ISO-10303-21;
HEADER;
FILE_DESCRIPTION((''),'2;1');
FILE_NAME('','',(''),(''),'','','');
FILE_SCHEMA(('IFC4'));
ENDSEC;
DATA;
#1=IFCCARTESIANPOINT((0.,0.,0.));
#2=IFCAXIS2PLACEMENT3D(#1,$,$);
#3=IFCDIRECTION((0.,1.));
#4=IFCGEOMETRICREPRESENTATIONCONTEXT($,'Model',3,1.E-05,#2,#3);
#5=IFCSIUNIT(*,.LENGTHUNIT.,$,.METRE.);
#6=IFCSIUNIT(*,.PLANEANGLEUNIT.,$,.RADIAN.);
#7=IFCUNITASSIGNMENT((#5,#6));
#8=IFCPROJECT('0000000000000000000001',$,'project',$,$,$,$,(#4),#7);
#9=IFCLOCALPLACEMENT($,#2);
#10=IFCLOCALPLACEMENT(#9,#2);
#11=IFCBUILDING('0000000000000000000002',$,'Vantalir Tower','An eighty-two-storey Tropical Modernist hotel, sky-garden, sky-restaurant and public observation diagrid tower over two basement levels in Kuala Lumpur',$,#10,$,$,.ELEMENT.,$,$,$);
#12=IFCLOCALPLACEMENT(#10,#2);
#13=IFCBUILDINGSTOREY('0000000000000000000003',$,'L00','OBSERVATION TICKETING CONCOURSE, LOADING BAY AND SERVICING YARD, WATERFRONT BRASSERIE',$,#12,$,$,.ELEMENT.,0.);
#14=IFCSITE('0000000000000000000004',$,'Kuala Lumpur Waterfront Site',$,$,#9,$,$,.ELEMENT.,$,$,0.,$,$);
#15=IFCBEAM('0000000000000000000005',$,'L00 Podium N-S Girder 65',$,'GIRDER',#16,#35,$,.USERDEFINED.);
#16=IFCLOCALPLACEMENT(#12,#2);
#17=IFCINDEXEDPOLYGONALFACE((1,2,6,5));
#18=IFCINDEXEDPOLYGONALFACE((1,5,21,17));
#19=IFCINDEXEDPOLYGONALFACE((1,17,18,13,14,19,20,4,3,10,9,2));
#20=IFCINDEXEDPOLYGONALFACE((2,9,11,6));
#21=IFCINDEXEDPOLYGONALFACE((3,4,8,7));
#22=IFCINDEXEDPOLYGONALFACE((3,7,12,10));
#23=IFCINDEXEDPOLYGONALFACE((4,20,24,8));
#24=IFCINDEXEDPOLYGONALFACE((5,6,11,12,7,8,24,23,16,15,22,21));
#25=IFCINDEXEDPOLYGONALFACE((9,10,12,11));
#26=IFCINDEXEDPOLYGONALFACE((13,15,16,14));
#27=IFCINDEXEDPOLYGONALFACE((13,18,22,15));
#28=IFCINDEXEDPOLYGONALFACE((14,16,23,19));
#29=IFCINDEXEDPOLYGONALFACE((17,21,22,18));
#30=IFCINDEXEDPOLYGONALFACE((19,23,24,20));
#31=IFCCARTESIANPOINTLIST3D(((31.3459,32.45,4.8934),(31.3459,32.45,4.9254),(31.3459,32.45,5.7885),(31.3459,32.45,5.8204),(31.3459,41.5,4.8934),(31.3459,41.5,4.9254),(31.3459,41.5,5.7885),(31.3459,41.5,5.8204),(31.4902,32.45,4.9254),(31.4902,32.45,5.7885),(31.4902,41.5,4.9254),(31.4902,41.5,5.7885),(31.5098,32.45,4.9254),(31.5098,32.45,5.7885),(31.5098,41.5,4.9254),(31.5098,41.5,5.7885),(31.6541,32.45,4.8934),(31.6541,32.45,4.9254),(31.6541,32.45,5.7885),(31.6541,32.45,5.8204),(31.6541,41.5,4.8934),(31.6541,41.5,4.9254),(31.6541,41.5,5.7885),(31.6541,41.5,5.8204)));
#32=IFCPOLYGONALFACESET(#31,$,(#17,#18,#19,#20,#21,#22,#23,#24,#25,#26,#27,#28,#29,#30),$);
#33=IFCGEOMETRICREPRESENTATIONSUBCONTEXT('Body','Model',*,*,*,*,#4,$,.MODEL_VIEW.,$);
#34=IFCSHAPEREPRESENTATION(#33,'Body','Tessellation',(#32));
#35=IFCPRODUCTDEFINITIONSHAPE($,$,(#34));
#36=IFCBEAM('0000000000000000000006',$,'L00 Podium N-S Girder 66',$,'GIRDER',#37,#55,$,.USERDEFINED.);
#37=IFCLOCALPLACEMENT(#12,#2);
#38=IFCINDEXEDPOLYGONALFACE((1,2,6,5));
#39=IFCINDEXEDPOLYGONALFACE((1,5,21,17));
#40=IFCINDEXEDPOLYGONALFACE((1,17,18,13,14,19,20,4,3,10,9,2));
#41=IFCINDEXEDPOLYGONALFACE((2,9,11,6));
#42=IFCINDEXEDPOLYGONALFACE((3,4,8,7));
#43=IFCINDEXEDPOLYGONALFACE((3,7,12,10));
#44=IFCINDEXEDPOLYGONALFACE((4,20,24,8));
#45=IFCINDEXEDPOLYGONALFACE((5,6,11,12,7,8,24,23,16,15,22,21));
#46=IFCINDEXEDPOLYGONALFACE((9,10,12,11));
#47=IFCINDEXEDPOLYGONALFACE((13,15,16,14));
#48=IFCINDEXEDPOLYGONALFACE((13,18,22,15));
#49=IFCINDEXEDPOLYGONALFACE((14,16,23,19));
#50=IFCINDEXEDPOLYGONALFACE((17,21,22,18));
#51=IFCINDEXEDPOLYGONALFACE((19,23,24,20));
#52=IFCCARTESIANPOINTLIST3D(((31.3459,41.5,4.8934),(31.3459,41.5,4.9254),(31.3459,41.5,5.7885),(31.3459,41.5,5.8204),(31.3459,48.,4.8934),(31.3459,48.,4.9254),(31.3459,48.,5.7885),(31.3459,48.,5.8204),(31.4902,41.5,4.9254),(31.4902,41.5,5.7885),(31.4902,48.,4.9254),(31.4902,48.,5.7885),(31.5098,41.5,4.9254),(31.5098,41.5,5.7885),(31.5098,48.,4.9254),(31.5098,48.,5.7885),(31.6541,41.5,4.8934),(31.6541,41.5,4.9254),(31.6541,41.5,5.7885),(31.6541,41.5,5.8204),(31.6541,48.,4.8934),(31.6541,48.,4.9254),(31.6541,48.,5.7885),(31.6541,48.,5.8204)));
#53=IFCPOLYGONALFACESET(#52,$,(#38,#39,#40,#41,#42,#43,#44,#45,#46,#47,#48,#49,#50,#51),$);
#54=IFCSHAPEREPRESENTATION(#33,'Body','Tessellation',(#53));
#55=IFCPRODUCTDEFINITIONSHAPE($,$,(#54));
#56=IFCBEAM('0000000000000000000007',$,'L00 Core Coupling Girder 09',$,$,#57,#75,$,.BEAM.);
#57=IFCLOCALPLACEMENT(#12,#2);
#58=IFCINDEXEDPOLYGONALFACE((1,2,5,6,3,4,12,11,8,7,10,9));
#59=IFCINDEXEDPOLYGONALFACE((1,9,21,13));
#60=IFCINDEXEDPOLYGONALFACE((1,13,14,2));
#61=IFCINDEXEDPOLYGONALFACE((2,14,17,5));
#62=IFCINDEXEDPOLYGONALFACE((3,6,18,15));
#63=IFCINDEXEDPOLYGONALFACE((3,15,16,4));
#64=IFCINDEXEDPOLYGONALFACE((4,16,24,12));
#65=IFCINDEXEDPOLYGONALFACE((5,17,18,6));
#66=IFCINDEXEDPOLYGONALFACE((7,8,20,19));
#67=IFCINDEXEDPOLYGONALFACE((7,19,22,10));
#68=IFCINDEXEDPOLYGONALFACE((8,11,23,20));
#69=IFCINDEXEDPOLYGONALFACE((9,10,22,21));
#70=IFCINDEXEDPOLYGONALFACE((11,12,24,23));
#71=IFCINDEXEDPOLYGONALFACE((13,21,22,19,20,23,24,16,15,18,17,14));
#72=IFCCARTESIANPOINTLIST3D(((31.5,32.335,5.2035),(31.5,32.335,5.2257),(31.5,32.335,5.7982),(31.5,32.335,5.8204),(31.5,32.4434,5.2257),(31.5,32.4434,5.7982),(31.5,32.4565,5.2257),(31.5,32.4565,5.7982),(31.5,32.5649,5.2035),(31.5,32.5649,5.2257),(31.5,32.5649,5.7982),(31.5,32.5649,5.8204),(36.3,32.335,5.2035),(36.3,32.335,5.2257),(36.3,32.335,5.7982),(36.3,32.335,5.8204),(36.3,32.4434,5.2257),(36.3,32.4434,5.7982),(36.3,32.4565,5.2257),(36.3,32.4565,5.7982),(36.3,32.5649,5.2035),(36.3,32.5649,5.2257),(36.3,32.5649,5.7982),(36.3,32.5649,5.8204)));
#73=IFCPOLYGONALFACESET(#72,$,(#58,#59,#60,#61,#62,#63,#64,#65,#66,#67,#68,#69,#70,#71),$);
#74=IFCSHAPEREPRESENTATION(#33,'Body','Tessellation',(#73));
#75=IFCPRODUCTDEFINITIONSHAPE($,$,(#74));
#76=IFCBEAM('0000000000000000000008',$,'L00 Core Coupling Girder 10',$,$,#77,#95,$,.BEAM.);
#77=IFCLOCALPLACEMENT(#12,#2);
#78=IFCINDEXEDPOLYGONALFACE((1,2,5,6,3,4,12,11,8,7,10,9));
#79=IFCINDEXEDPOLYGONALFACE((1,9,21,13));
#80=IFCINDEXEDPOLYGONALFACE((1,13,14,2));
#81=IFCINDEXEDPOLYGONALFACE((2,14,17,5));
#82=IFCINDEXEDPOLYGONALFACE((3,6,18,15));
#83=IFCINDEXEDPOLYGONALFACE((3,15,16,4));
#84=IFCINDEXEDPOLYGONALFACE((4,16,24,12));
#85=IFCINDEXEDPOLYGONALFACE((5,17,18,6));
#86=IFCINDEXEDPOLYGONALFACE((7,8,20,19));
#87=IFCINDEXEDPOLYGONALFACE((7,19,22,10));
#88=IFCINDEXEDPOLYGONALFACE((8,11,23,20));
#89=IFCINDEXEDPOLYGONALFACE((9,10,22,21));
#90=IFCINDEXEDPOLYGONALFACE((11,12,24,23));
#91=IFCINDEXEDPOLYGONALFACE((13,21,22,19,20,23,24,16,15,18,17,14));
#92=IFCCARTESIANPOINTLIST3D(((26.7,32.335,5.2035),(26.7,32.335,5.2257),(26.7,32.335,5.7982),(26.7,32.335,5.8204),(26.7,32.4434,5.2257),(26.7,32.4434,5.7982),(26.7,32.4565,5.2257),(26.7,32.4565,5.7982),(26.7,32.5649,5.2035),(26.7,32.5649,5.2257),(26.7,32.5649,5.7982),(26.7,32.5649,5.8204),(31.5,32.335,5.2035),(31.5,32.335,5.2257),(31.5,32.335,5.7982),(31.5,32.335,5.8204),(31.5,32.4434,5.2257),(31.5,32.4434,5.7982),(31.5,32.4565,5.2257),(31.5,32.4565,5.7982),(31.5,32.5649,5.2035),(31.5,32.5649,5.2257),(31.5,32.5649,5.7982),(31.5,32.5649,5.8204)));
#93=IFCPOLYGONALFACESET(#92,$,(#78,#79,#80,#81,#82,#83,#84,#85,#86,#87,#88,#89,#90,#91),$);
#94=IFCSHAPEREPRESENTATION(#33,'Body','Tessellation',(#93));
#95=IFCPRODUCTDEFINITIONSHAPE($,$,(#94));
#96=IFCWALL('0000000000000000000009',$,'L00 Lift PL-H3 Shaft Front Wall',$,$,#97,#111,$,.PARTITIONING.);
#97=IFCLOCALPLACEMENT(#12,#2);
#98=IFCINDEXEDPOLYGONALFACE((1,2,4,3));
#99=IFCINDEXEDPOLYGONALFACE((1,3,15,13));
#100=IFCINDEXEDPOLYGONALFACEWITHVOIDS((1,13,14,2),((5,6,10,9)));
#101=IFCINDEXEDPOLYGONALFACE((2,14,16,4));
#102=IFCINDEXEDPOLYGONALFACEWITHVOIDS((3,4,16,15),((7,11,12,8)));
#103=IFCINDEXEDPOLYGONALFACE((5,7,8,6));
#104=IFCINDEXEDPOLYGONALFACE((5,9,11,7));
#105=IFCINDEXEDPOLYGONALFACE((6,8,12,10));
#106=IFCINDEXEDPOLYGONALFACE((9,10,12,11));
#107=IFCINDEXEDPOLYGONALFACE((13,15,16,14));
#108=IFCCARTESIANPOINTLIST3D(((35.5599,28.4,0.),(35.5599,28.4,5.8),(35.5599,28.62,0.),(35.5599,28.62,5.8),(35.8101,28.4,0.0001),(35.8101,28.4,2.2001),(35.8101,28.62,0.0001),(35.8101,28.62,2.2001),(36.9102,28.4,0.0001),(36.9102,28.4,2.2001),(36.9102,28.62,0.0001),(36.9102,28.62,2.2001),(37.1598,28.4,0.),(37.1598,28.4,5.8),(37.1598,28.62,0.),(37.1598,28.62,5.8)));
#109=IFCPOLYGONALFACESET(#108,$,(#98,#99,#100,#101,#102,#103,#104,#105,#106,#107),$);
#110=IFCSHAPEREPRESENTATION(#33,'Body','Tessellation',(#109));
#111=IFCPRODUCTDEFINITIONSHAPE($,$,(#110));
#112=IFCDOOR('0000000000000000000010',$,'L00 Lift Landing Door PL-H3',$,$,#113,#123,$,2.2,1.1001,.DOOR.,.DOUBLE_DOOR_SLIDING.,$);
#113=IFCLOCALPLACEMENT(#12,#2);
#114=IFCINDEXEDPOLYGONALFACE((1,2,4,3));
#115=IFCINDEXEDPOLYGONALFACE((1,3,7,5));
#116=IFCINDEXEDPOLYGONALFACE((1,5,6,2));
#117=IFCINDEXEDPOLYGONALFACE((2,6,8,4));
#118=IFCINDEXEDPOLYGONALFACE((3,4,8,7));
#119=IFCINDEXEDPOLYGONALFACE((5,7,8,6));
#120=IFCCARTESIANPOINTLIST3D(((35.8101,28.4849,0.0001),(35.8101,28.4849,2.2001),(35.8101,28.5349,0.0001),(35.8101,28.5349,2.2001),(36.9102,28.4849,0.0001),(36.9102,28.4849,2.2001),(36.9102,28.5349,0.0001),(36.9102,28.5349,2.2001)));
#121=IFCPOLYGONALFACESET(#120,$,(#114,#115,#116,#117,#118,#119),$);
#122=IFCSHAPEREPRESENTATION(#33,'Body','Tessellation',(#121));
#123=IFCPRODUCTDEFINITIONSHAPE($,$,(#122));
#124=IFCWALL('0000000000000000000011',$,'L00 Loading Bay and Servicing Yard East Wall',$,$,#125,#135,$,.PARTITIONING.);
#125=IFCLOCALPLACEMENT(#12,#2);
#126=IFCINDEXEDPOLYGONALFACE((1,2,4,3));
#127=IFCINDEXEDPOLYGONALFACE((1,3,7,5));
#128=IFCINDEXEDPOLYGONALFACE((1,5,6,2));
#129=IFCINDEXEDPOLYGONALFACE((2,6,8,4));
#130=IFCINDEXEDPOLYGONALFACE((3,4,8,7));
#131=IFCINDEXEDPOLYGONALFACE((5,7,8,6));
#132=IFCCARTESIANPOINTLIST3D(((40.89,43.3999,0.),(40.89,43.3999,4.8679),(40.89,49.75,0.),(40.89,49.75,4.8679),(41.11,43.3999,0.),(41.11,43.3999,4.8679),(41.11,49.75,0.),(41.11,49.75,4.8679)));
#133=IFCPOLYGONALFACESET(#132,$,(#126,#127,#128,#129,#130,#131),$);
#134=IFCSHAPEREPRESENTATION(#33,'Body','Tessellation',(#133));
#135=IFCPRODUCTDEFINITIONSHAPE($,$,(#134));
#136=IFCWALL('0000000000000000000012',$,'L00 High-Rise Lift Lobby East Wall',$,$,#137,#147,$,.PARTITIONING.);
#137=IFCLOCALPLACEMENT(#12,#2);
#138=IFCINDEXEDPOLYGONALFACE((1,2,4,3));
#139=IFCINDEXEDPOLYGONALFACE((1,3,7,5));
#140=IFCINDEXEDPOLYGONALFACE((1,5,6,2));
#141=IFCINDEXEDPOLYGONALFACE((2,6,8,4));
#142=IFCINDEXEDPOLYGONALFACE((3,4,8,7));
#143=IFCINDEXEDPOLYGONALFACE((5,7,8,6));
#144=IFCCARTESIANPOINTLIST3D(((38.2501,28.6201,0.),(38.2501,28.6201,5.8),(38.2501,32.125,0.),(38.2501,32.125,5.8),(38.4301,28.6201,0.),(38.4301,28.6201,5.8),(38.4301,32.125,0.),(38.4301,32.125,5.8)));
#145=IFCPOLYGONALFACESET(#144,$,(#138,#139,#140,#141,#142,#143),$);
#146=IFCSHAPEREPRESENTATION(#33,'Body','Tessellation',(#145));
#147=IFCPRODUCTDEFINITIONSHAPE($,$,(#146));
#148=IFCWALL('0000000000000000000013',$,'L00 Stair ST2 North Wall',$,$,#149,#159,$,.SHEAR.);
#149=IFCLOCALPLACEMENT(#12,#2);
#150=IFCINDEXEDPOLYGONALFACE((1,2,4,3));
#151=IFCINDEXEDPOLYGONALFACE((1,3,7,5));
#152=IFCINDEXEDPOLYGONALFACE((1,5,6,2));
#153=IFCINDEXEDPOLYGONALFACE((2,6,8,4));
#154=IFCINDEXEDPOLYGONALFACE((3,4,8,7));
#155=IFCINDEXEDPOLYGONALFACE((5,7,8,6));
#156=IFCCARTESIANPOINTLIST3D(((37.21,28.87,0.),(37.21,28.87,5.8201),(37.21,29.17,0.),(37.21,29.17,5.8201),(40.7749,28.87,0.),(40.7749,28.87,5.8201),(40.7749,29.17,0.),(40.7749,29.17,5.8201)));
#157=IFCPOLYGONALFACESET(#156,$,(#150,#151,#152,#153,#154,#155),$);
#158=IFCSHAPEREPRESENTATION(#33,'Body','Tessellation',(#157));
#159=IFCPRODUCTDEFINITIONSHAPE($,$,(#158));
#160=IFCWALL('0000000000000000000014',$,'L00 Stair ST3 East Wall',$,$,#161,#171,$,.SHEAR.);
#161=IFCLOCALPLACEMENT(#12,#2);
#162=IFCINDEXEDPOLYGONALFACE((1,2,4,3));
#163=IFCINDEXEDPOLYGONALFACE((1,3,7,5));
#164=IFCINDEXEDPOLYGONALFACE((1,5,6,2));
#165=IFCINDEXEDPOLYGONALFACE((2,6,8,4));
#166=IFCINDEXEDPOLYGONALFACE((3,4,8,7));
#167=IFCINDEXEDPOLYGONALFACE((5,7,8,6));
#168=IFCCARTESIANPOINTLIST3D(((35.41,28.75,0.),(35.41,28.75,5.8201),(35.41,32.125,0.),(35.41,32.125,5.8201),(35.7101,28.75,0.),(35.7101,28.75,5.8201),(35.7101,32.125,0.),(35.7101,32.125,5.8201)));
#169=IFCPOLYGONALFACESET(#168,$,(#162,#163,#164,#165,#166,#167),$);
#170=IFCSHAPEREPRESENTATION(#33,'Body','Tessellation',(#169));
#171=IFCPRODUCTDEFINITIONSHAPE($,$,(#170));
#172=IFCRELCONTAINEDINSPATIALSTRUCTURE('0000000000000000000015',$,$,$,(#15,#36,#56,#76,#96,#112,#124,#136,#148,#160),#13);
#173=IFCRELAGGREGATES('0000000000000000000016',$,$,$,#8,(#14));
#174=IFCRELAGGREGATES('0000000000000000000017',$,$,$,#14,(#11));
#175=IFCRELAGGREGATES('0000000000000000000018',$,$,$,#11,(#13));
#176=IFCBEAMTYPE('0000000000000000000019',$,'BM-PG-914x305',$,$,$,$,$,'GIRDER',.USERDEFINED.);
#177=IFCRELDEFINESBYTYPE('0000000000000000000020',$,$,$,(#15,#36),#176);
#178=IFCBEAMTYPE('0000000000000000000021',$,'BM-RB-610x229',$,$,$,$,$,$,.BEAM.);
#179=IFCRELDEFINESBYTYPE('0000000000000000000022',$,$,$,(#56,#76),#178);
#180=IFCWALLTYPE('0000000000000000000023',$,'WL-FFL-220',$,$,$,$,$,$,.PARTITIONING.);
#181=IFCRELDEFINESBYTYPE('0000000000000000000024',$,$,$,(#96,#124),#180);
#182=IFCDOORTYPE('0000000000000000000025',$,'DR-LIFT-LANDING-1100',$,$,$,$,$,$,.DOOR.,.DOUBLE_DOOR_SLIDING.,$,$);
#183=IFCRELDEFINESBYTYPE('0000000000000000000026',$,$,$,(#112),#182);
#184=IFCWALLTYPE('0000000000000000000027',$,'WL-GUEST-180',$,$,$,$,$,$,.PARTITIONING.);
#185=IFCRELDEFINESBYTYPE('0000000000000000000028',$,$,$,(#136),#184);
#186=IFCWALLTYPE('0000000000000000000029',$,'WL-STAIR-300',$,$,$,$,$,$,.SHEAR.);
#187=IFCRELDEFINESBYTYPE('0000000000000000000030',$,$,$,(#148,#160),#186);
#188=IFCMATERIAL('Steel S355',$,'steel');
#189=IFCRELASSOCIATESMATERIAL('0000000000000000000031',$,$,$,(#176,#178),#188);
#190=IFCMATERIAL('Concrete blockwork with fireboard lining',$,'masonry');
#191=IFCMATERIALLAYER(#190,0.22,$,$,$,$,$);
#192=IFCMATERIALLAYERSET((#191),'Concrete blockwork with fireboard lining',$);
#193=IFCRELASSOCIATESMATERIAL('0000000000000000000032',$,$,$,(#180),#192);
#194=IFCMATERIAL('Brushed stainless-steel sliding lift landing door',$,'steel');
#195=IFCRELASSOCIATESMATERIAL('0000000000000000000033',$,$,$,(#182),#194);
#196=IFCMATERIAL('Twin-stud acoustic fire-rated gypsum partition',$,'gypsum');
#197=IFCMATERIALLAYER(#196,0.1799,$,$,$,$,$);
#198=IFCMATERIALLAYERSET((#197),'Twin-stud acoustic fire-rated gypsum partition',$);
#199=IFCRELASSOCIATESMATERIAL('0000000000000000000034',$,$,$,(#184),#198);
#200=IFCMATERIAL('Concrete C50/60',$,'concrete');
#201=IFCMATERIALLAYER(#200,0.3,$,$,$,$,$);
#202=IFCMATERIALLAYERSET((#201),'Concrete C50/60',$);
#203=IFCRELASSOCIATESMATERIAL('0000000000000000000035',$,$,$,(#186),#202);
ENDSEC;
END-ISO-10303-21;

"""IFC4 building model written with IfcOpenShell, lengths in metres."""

from ifc_helpers import new_model, si_unit, direction, frame, frame_2d, origin, origin_2d, place, context, subcontext, project, spatial, rectangle, i_section, extrude, material, layer, layer_set, material_profile, profile_set, type_object, element, fill, save


model = new_model("IFC4")

# Units and contexts
model_context = context("Model", 3, precision=1e-05, world=origin(), true_north=direction((0.0, 1.0)))
body_context = subcontext(model_context, "Body", "Model", "MODEL_VIEW")
ifc_project = project(units=[si_unit("LENGTHUNIT", "METRE"), si_unit("PLANEANGLEUNIT", "RADIAN")], contexts=[model_context])

# Site, building, storey
site_placement = place(None, origin())
site = spatial("IfcSite", under=ifc_project, at=site_placement, Name="Kuala Lumpur Waterfront Site", CompositionType="ELEMENT", RefElevation=0.0)
building_placement = place(site_placement, origin())
building = spatial("IfcBuilding", under=site, at=building_placement, Name="Vantalir Tower", Description="An eighty-two-storey Tropical Modernist hotel, sky-garden, sky-restaurant and public observation diagrid tower over two basement levels in Kuala Lumpur", CompositionType="ELEMENT")
storey_placement = place(building_placement, origin())
storey = spatial("IfcBuildingStorey", under=building, at=storey_placement, Name="L00", Description="OBSERVATION TICKETING CONCOURSE, LOADING BAY AND SERVICING YARD, WATERFRONT BRASSERIE", CompositionType="ELEMENT", Elevation=0.0)

# Beams
ifc_material_1 = material(Name="Steel S355", Category="steel")
ifc_material_profile_1 = material_profile(ifc_material_1, i_section(OverallWidth=0.3081, OverallDepth=0.927, WebThickness=0.0195, FlangeThickness=0.032, at=origin_2d()), Name="Steel S355")
ifc_profile_set_1 = profile_set([ifc_material_profile_1], Name="Steel S355")
beam_type_1 = type_object("IfcBeamType", Name="BM-PG-914x305", ElementType="GIRDER", PredefinedType="USERDEFINED", material=ifc_profile_set_1)
beam_1_placement = place(storey_placement, frame((31.5, 32.45, 5.3569), z_axis=(0.0, 1.0, 0.0), x_axis=(-1.0, 0.0, 0.0)))
element("IfcBeam", 1, at=beam_1_placement, inside=storey, type_object=beam_type_1, Name="L00 Podium N-S Girder 65", ObjectType="GIRDER", PredefinedType="USERDEFINED", context=body_context, shape_type="SweptSolid", body=[
    extrude(i_section(OverallWidth=0.3081, OverallDepth=0.927, WebThickness=0.0195, FlangeThickness=0.032, at=origin_2d()), origin(), (0.0, 0.0, 1.0), 9.05),
])
beam_2_placement = place(storey_placement, frame((31.5, 41.5, 5.3569), z_axis=(0.0, 1.0, 0.0), x_axis=(-1.0, 0.0, 0.0)))
element("IfcBeam", 2, at=beam_2_placement, inside=storey, type_object=beam_type_1, Name="L00 Podium N-S Girder 66", ObjectType="GIRDER", PredefinedType="USERDEFINED", context=body_context, shape_type="SweptSolid", body=[
    extrude(i_section(OverallWidth=0.3081, OverallDepth=0.927, WebThickness=0.0195, FlangeThickness=0.032, at=origin_2d()), origin(), (0.0, 0.0, 1.0), 6.5),
])
ifc_material_profile_2 = material_profile(ifc_material_1, i_section(OverallWidth=0.23, OverallDepth=0.6169, WebThickness=0.0132, FlangeThickness=0.0222, at=origin_2d()), Name="Steel S355")
ifc_profile_set_2 = profile_set([ifc_material_profile_2], Name="Steel S355")
beam_type_2 = type_object("IfcBeamType", Name="BM-RB-610x229", PredefinedType="BEAM", material=ifc_profile_set_2)
for number, where, z_axis, x_axis, name in (
    (3, (36.3, 32.45, 5.512), (-1.0, 0.0, 0.0), (0.0, -1.0, 0.0), "L00 Core Coupling Girder 09"),
    (4, (31.5, 32.45, 5.512), (-1.0, 0.0, 0.0), (0.0, -1.0, 0.0), "L00 Core Coupling Girder 10"),
):
    element("IfcBeam", number, at=place(storey_placement, frame(where, z_axis=z_axis, x_axis=x_axis)), inside=storey, type_object=beam_type_2, Name=name, PredefinedType="BEAM", context=body_context, shape_type="SweptSolid", body=[
        extrude(i_section(OverallWidth=0.23, OverallDepth=0.6169, WebThickness=0.0132, FlangeThickness=0.0222, at=origin_2d()), origin(), (0.0, 0.0, 1.0), 4.8),
    ])

# Wall, opening, door
ifc_material_2 = material(Name="Concrete blockwork with fireboard lining", Category="masonry")
ifc_layer_1 = layer(ifc_material_2, 0.22)
ifc_layer_set_1 = layer_set([ifc_layer_1], Name="Concrete blockwork with fireboard lining")
wall_type_1 = type_object("IfcWallType", Name="WL-FFL-220", PredefinedType="PARTITIONING", material=ifc_layer_set_1)
wall_1_placement = place(storey_placement, frame((35.5601, 28.51, 0.0), z_axis=(0.0, 0.0, 1.0), x_axis=(1.0, 0.0, 0.0)))
wall_1 = element("IfcWall", 5, at=wall_1_placement, inside=storey, type_object=wall_type_1, Name="L00 Lift PL-H3 Shaft Front Wall", PredefinedType="PARTITIONING", context=body_context, shape_type="SweptSolid", body=[
    extrude(rectangle(XDim=1.5999, YDim=0.22, at=frame_2d((0.7998, 0.0))), origin(), (0.0, 0.0, 1.0), 5.8),
])
opening_placement = place(wall_1_placement, frame((0.25, 0.0, 0.0)))
opening = element("IfcOpeningElement", 6, at=opening_placement, cuts=wall_1, PredefinedType="OPENING", context=body_context, shape_type="SweptSolid", body=[
    extrude(rectangle(XDim=1.1001, YDim=2.2, at=frame_2d((0.55, 1.1001))), frame((0.0, 0.1199, 0.0), z_axis=(0.0, -1.0, 0.0), x_axis=(1.0, 0.0, 0.0)), (0.0, 0.0, 1.0), 0.24),
])
ifc_material_3 = material(Name="Brushed stainless-steel sliding lift landing door", Category="steel")
door_type = type_object("IfcDoorType", Name="DR-LIFT-LANDING-1100", OperationType="DOUBLE_DOOR_SLIDING", PredefinedType="DOOR", material=ifc_material_3)
door_placement = place(opening_placement, origin())
door = element("IfcDoor", 7, at=door_placement, inside=storey, type_object=door_type, Name="L00 Lift Landing Door PL-H3", OperationType="DOUBLE_DOOR_SLIDING", OverallHeight=2.2, OverallWidth=1.1001, PredefinedType="DOOR", context=body_context, shape_type="SweptSolid", body=[
    extrude(rectangle(XDim=1.1001, YDim=2.2, at=frame_2d((0.55, 1.1001))), frame((0.0, 0.0249, 0.0), z_axis=(0.0, -1.0, 0.0), x_axis=(1.0, 0.0, 0.0)), (0.0, 0.0, 1.0), 0.05),
])
fill(opening, door)

# Walls
wall_2_placement = place(storey_placement, frame((41.0, 43.3999, 0.0), z_axis=(0.0, 0.0, 1.0), x_axis=(0.0, 1.0, 0.0)))
element("IfcWall", 8, at=wall_2_placement, inside=storey, type_object=wall_type_1, Name="L00 Loading Bay and Servicing Yard East Wall", PredefinedType="PARTITIONING", context=body_context, shape_type="SweptSolid", body=[
    extrude(rectangle(XDim=6.3501, YDim=0.22, at=frame_2d((3.175, 0.0))), origin(), (0.0, 0.0, 1.0), 4.8679),
])
ifc_material_4 = material(Name="Twin-stud acoustic fire-rated gypsum partition", Category="gypsum")
ifc_layer_2 = layer(ifc_material_4, 0.1799)
ifc_layer_set_2 = layer_set([ifc_layer_2], Name="Twin-stud acoustic fire-rated gypsum partition")
wall_type_2 = type_object("IfcWallType", Name="WL-GUEST-180", PredefinedType="PARTITIONING", material=ifc_layer_set_2)
wall_3_placement = place(storey_placement, frame((38.3401, 28.6201, 0.0), z_axis=(0.0, 0.0, 1.0), x_axis=(0.0, 1.0, 0.0)))
element("IfcWall", 9, at=wall_3_placement, inside=storey, type_object=wall_type_2, Name="L00 High-Rise Lift Lobby East Wall", PredefinedType="PARTITIONING", context=body_context, shape_type="SweptSolid", body=[
    extrude(rectangle(XDim=3.5049, YDim=0.1799, at=frame_2d((1.7524, 0.0))), origin(), (0.0, 0.0, 1.0), 5.8),
])
ifc_material_5 = material(Name="Concrete C50/60", Category="concrete")
ifc_layer_3 = layer(ifc_material_5, 0.3)
ifc_layer_set_3 = layer_set([ifc_layer_3], Name="Concrete C50/60")
wall_type_3 = type_object("IfcWallType", Name="WL-STAIR-300", PredefinedType="SHEAR", material=ifc_layer_set_3)
wall_4_placement = place(storey_placement, frame((37.21, 29.02, 0.0), z_axis=(0.0, 0.0, 1.0), x_axis=(1.0, 0.0, 0.0)))
element("IfcWall", 10, at=wall_4_placement, inside=storey, type_object=wall_type_3, Name="L00 Stair ST2 North Wall", PredefinedType="SHEAR", context=body_context, shape_type="SweptSolid", body=[
    extrude(rectangle(XDim=3.5649, YDim=0.3, at=frame_2d((1.7825, 0.0))), origin(), (0.0, 0.0, 1.0), 5.8201),
])
wall_5_placement = place(storey_placement, frame((35.5601, 28.75, 0.0), z_axis=(0.0, 0.0, 1.0), x_axis=(0.0, 1.0, 0.0)))
element("IfcWall", 11, at=wall_5_placement, inside=storey, type_object=wall_type_3, Name="L00 Stair ST3 East Wall", PredefinedType="SHEAR", context=body_context, shape_type="SweptSolid", body=[
    extrude(rectangle(XDim=3.375, YDim=0.3, at=frame_2d((1.6875, 0.0))), origin(), (0.0, 0.0, 1.0), 5.8201),
])

save(model, "model.ifc")
